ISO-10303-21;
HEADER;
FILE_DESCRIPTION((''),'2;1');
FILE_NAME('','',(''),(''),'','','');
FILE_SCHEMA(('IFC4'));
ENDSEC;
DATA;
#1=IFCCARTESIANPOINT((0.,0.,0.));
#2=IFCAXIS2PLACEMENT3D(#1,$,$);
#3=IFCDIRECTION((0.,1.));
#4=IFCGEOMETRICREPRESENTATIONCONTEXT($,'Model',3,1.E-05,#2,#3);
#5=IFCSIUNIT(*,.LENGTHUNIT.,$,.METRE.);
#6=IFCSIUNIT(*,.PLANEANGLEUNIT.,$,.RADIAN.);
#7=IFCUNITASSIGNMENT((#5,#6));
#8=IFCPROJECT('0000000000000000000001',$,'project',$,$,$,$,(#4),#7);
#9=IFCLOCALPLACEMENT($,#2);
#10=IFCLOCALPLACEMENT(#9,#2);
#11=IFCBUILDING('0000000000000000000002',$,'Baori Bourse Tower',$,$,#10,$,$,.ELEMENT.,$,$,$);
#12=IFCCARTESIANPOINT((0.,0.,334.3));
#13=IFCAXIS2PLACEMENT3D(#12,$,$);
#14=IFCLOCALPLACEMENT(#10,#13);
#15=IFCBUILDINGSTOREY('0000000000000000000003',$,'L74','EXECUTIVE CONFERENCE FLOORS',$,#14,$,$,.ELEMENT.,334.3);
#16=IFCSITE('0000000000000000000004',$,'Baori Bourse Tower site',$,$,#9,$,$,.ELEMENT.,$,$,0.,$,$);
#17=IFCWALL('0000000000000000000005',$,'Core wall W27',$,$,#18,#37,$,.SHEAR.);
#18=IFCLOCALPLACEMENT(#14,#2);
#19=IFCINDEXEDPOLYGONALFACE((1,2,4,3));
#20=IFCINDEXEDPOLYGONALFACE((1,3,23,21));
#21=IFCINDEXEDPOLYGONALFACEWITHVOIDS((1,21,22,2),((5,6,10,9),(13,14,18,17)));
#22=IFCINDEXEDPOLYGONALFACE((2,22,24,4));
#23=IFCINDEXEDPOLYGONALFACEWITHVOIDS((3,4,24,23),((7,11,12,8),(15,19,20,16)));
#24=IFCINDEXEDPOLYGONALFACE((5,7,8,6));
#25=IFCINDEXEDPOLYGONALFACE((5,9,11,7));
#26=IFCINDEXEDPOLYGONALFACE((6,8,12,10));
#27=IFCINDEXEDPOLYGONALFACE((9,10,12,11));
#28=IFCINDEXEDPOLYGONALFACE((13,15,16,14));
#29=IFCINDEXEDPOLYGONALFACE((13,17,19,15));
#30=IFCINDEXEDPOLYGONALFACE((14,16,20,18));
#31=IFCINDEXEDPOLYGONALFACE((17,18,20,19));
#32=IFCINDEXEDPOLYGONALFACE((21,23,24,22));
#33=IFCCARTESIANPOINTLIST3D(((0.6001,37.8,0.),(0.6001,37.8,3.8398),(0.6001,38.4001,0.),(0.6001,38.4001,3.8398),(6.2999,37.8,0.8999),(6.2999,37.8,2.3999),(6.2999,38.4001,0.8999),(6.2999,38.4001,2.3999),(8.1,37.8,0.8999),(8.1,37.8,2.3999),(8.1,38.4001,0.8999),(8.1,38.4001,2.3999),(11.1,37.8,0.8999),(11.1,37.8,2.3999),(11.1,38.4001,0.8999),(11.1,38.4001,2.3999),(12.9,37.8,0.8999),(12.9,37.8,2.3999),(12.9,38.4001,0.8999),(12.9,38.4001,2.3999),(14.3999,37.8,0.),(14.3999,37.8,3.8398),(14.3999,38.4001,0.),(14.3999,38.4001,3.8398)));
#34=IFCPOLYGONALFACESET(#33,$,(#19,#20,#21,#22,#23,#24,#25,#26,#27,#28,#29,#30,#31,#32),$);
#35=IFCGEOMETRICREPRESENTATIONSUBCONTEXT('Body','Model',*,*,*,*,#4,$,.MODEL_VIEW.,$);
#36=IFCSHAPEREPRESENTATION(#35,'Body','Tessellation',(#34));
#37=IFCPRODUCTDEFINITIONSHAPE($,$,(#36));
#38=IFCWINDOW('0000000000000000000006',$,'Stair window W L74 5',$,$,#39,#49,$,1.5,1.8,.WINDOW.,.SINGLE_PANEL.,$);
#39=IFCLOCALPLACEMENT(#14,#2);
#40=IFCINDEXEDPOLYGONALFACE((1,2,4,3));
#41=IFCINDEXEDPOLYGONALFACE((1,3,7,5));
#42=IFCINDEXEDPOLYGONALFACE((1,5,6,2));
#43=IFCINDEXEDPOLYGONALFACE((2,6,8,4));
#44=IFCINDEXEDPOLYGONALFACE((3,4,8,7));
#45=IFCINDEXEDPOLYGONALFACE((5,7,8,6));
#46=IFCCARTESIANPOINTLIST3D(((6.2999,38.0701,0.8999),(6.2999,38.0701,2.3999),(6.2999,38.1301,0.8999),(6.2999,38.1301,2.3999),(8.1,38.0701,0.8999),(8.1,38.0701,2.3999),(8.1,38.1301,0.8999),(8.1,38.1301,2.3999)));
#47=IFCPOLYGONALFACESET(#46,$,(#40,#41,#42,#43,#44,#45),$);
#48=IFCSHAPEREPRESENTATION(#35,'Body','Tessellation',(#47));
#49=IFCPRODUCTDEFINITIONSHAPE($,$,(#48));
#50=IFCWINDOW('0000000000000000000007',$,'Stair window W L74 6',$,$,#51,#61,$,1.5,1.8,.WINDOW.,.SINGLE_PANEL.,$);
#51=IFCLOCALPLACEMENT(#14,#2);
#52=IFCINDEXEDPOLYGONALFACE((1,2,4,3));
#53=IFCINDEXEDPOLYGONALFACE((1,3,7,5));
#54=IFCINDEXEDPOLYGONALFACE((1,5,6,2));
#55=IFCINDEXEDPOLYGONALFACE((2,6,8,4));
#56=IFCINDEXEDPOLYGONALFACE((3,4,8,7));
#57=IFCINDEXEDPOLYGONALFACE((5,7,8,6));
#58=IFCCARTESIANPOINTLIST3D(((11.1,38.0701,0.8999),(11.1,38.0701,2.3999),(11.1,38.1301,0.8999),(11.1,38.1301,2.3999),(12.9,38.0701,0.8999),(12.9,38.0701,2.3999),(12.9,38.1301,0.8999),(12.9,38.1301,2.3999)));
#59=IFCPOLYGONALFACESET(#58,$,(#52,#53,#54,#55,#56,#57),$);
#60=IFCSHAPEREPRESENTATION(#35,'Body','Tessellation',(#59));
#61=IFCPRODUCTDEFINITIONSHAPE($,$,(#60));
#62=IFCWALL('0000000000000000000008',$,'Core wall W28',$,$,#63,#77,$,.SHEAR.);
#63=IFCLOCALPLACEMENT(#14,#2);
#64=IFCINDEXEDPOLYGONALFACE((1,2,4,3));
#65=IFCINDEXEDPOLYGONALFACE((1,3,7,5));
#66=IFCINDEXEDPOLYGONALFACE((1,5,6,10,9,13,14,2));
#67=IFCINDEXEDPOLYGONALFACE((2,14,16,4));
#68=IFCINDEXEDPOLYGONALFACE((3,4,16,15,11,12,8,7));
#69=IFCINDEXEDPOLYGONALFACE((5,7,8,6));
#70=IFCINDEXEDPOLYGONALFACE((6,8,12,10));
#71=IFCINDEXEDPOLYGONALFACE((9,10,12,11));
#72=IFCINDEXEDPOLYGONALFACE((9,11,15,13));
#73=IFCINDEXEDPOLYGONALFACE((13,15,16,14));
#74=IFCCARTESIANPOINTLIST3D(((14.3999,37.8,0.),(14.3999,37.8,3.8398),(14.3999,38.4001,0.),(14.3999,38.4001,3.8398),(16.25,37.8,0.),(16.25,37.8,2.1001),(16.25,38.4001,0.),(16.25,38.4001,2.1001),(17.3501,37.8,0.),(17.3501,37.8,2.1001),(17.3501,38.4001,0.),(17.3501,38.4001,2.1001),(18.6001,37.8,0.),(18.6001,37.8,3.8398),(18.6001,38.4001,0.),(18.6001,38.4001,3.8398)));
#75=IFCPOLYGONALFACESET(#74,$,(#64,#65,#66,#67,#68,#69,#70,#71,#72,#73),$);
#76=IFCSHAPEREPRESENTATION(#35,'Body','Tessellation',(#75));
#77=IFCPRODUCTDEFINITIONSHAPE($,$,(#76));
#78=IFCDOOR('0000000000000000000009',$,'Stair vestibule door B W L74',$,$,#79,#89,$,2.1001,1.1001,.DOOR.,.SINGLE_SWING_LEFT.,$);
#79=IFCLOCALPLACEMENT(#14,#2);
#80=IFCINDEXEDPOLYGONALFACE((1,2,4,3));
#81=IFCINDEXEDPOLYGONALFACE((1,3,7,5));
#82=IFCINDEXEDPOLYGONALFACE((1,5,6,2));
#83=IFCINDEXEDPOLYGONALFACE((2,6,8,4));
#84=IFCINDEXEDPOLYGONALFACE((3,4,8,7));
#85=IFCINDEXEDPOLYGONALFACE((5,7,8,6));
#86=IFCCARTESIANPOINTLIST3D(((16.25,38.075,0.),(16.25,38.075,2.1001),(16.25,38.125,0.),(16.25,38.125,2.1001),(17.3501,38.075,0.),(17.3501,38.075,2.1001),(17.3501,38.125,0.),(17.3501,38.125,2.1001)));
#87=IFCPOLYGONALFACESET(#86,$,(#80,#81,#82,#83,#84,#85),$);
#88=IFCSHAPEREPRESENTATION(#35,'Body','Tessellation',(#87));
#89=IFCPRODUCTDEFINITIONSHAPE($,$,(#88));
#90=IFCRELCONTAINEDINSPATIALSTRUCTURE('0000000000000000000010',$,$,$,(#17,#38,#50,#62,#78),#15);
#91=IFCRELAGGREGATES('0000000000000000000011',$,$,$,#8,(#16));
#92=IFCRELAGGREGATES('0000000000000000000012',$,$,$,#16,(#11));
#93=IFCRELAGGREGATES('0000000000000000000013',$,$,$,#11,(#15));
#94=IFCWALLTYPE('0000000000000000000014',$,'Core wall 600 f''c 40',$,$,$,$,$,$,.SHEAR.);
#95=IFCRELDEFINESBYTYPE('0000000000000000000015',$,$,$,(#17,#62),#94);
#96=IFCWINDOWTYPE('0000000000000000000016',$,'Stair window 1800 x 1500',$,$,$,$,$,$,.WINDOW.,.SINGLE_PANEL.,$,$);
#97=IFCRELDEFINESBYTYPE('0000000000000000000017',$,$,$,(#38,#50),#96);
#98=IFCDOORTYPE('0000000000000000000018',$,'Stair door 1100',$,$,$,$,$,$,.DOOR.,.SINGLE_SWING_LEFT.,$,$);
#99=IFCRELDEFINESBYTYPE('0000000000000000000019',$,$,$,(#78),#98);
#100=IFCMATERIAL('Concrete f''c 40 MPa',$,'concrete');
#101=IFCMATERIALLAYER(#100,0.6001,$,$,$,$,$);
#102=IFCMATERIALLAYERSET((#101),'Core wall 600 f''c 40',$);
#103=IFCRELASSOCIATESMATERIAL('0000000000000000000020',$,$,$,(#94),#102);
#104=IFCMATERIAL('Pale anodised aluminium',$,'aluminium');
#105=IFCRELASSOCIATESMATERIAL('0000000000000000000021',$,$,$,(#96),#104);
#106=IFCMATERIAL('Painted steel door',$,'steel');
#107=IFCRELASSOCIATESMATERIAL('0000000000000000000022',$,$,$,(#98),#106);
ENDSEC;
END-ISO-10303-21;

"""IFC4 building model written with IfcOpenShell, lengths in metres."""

from ifc_helpers import new_model, si_unit, direction, frame, frame_2d, origin, place, context, subcontext, project, spatial, rectangle, extrude, material, layer, layer_set, type_object, element, fill, save


model = new_model("IFC4")

# Units and contexts
model_context = context("Model", 3, precision=1e-05, world=origin(), true_north=direction((0.0, 1.0)))
body_context = subcontext(model_context, "Body", "Model", "MODEL_VIEW")
ifc_project = project(units=[si_unit("LENGTHUNIT", "METRE"), si_unit("PLANEANGLEUNIT", "RADIAN")], contexts=[model_context])

# Site, building, storey
site_placement = place(None, origin())
site = spatial("IfcSite", under=ifc_project, at=site_placement, Name="Baori Bourse Tower site", CompositionType="ELEMENT", RefElevation=0.0)
building_placement = place(site_placement, origin())
building = spatial("IfcBuilding", under=site, at=building_placement, Name="Baori Bourse Tower", CompositionType="ELEMENT")
storey_placement = place(building_placement, frame((0.0, 0.0, 334.3)))
storey = spatial("IfcBuildingStorey", under=building, at=storey_placement, Name="L74", Description="EXECUTIVE CONFERENCE FLOORS", CompositionType="ELEMENT", Elevation=334.3)

# Wall, openings, windows
ifc_material_1 = material(Name="Concrete f'c 40 MPa", Category="concrete")
ifc_layer_1 = layer(ifc_material_1, 0.6001)
ifc_layer_set_1 = layer_set([ifc_layer_1], Name="Core wall 600 f'c 40")
wall_type_1 = type_object("IfcWallType", Name="Core wall 600 f'c 40", PredefinedType="SHEAR", material=ifc_layer_set_1)
wall_1_placement = place(storey_placement, frame((0.6001, 38.1001, 0.0), z_axis=(0.0, 0.0, 1.0), x_axis=(1.0, 0.0, 0.0)))
wall_1 = element("IfcWall", 1, at=wall_1_placement, inside=storey, type_object=wall_type_1, Name="Core wall W27", PredefinedType="SHEAR", context=body_context, shape_type="SweptSolid", body=[
    extrude(rectangle(XDim=13.7998, YDim=0.6001, at=frame_2d((6.8999, 0.0))), origin(), (0.0, 0.0, 1.0), 3.8398),
])
opening_1_placement = place(wall_1_placement, frame((5.7, 0.0, 0.8999)))
opening_1 = element("IfcOpeningElement", 2, at=opening_1_placement, cuts=wall_1, PredefinedType="OPENING", context=body_context, shape_type="SweptSolid", body=[
    extrude(rectangle(XDim=1.8, YDim=1.5, at=frame_2d((0.8999, 0.75))), frame((0.0, 0.3101, 0.0), z_axis=(0.0, -1.0, 0.0), x_axis=(1.0, 0.0, 0.0)), (0.0, 0.0, 1.0), 0.6201),
])
opening_2_placement = place(wall_1_placement, frame((10.5, 0.0, 0.8999)))
opening_2 = element("IfcOpeningElement", 3, at=opening_2_placement, cuts=wall_1, PredefinedType="OPENING", context=body_context, shape_type="SweptSolid", body=[
    extrude(rectangle(XDim=1.8, YDim=1.5, at=frame_2d((0.8999, 0.75))), frame((0.0, 0.3101, 0.0), z_axis=(0.0, -1.0, 0.0), x_axis=(1.0, 0.0, 0.0)), (0.0, 0.0, 1.0), 0.6201),
])
ifc_material_2 = material(Name="Pale anodised aluminium", Category="aluminium")
window_type = type_object("IfcWindowType", Name="Stair window 1800 x 1500", PartitioningType="SINGLE_PANEL", PredefinedType="WINDOW", material=ifc_material_2)
window_1_placement = place(opening_1_placement, origin())
window_1 = element("IfcWindow", 4, at=window_1_placement, inside=storey, type_object=window_type, Name="Stair window W L74 5", OverallHeight=1.5, OverallWidth=1.8, PartitioningType="SINGLE_PANEL", PredefinedType="WINDOW", context=body_context, shape_type="SweptSolid", body=[
    extrude(rectangle(XDim=1.8, YDim=1.5, at=frame_2d((0.8999, 0.75))), frame((0.0, 0.03, 0.0), z_axis=(0.0, -1.0, 0.0), x_axis=(1.0, 0.0, 0.0)), (0.0, 0.0, 1.0), 0.0601),
])
fill(opening_1, window_1)
window_2_placement = place(opening_2_placement, origin())
window_2 = element("IfcWindow", 5, at=window_2_placement, inside=storey, type_object=window_type, Name="Stair window W L74 6", OverallHeight=1.5, OverallWidth=1.8, PartitioningType="SINGLE_PANEL", PredefinedType="WINDOW", context=body_context, shape_type="SweptSolid", body=[
    extrude(rectangle(XDim=1.8, YDim=1.5, at=frame_2d((0.8999, 0.75))), frame((0.0, 0.03, 0.0), z_axis=(0.0, -1.0, 0.0), x_axis=(1.0, 0.0, 0.0)), (0.0, 0.0, 1.0), 0.0601),
])
fill(opening_2, window_2)

# Wall, opening, door
wall_2_placement = place(storey_placement, frame((14.3999, 38.1001, 0.0), z_axis=(0.0, 0.0, 1.0), x_axis=(1.0, 0.0, 0.0)))
wall_2 = element("IfcWall", 6, at=wall_2_placement, inside=storey, type_object=wall_type_1, Name="Core wall W28", PredefinedType="SHEAR", context=body_context, shape_type="SweptSolid", body=[
    extrude(rectangle(XDim=4.2002, YDim=0.6001, at=frame_2d((2.1001, 0.0))), origin(), (0.0, 0.0, 1.0), 3.8398),
])
opening_3_placement = place(wall_2_placement, frame((1.8501, 0.0, 0.0)))
opening_3 = element("IfcOpeningElement", 7, at=opening_3_placement, cuts=wall_2, PredefinedType="OPENING", context=body_context, shape_type="SweptSolid", body=[
    extrude(rectangle(XDim=1.1001, YDim=2.1001, at=frame_2d((0.55, 1.05))), frame((0.0, 0.3101, 0.0), z_axis=(0.0, -1.0, 0.0), x_axis=(1.0, 0.0, 0.0)), (0.0, 0.0, 1.0), 0.6201),
])
ifc_material_3 = material(Name="Painted steel door", Category="steel")
door_type_1 = type_object("IfcDoorType", Name="Stair door 1100", OperationType="SINGLE_SWING_LEFT", PredefinedType="DOOR", material=ifc_material_3)
door_1_placement = place(opening_3_placement, origin())
door_1 = element("IfcDoor", 8, at=door_1_placement, inside=storey, type_object=door_type_1, Name="Stair vestibule door B W L74", OperationType="SINGLE_SWING_LEFT", OverallHeight=2.1001, OverallWidth=1.1001, PredefinedType="DOOR", context=body_context, shape_type="SweptSolid", body=[
    extrude(rectangle(XDim=1.1001, YDim=2.1001, at=frame_2d((0.55, 1.05))), frame((0.0, 0.0249, 0.0), z_axis=(0.0, -1.0, 0.0), x_axis=(1.0, 0.0, 0.0)), (0.0, 0.0, 1.0), 0.05),
])
fill(opening_3, door_1)

save(model, "model.ifc")
